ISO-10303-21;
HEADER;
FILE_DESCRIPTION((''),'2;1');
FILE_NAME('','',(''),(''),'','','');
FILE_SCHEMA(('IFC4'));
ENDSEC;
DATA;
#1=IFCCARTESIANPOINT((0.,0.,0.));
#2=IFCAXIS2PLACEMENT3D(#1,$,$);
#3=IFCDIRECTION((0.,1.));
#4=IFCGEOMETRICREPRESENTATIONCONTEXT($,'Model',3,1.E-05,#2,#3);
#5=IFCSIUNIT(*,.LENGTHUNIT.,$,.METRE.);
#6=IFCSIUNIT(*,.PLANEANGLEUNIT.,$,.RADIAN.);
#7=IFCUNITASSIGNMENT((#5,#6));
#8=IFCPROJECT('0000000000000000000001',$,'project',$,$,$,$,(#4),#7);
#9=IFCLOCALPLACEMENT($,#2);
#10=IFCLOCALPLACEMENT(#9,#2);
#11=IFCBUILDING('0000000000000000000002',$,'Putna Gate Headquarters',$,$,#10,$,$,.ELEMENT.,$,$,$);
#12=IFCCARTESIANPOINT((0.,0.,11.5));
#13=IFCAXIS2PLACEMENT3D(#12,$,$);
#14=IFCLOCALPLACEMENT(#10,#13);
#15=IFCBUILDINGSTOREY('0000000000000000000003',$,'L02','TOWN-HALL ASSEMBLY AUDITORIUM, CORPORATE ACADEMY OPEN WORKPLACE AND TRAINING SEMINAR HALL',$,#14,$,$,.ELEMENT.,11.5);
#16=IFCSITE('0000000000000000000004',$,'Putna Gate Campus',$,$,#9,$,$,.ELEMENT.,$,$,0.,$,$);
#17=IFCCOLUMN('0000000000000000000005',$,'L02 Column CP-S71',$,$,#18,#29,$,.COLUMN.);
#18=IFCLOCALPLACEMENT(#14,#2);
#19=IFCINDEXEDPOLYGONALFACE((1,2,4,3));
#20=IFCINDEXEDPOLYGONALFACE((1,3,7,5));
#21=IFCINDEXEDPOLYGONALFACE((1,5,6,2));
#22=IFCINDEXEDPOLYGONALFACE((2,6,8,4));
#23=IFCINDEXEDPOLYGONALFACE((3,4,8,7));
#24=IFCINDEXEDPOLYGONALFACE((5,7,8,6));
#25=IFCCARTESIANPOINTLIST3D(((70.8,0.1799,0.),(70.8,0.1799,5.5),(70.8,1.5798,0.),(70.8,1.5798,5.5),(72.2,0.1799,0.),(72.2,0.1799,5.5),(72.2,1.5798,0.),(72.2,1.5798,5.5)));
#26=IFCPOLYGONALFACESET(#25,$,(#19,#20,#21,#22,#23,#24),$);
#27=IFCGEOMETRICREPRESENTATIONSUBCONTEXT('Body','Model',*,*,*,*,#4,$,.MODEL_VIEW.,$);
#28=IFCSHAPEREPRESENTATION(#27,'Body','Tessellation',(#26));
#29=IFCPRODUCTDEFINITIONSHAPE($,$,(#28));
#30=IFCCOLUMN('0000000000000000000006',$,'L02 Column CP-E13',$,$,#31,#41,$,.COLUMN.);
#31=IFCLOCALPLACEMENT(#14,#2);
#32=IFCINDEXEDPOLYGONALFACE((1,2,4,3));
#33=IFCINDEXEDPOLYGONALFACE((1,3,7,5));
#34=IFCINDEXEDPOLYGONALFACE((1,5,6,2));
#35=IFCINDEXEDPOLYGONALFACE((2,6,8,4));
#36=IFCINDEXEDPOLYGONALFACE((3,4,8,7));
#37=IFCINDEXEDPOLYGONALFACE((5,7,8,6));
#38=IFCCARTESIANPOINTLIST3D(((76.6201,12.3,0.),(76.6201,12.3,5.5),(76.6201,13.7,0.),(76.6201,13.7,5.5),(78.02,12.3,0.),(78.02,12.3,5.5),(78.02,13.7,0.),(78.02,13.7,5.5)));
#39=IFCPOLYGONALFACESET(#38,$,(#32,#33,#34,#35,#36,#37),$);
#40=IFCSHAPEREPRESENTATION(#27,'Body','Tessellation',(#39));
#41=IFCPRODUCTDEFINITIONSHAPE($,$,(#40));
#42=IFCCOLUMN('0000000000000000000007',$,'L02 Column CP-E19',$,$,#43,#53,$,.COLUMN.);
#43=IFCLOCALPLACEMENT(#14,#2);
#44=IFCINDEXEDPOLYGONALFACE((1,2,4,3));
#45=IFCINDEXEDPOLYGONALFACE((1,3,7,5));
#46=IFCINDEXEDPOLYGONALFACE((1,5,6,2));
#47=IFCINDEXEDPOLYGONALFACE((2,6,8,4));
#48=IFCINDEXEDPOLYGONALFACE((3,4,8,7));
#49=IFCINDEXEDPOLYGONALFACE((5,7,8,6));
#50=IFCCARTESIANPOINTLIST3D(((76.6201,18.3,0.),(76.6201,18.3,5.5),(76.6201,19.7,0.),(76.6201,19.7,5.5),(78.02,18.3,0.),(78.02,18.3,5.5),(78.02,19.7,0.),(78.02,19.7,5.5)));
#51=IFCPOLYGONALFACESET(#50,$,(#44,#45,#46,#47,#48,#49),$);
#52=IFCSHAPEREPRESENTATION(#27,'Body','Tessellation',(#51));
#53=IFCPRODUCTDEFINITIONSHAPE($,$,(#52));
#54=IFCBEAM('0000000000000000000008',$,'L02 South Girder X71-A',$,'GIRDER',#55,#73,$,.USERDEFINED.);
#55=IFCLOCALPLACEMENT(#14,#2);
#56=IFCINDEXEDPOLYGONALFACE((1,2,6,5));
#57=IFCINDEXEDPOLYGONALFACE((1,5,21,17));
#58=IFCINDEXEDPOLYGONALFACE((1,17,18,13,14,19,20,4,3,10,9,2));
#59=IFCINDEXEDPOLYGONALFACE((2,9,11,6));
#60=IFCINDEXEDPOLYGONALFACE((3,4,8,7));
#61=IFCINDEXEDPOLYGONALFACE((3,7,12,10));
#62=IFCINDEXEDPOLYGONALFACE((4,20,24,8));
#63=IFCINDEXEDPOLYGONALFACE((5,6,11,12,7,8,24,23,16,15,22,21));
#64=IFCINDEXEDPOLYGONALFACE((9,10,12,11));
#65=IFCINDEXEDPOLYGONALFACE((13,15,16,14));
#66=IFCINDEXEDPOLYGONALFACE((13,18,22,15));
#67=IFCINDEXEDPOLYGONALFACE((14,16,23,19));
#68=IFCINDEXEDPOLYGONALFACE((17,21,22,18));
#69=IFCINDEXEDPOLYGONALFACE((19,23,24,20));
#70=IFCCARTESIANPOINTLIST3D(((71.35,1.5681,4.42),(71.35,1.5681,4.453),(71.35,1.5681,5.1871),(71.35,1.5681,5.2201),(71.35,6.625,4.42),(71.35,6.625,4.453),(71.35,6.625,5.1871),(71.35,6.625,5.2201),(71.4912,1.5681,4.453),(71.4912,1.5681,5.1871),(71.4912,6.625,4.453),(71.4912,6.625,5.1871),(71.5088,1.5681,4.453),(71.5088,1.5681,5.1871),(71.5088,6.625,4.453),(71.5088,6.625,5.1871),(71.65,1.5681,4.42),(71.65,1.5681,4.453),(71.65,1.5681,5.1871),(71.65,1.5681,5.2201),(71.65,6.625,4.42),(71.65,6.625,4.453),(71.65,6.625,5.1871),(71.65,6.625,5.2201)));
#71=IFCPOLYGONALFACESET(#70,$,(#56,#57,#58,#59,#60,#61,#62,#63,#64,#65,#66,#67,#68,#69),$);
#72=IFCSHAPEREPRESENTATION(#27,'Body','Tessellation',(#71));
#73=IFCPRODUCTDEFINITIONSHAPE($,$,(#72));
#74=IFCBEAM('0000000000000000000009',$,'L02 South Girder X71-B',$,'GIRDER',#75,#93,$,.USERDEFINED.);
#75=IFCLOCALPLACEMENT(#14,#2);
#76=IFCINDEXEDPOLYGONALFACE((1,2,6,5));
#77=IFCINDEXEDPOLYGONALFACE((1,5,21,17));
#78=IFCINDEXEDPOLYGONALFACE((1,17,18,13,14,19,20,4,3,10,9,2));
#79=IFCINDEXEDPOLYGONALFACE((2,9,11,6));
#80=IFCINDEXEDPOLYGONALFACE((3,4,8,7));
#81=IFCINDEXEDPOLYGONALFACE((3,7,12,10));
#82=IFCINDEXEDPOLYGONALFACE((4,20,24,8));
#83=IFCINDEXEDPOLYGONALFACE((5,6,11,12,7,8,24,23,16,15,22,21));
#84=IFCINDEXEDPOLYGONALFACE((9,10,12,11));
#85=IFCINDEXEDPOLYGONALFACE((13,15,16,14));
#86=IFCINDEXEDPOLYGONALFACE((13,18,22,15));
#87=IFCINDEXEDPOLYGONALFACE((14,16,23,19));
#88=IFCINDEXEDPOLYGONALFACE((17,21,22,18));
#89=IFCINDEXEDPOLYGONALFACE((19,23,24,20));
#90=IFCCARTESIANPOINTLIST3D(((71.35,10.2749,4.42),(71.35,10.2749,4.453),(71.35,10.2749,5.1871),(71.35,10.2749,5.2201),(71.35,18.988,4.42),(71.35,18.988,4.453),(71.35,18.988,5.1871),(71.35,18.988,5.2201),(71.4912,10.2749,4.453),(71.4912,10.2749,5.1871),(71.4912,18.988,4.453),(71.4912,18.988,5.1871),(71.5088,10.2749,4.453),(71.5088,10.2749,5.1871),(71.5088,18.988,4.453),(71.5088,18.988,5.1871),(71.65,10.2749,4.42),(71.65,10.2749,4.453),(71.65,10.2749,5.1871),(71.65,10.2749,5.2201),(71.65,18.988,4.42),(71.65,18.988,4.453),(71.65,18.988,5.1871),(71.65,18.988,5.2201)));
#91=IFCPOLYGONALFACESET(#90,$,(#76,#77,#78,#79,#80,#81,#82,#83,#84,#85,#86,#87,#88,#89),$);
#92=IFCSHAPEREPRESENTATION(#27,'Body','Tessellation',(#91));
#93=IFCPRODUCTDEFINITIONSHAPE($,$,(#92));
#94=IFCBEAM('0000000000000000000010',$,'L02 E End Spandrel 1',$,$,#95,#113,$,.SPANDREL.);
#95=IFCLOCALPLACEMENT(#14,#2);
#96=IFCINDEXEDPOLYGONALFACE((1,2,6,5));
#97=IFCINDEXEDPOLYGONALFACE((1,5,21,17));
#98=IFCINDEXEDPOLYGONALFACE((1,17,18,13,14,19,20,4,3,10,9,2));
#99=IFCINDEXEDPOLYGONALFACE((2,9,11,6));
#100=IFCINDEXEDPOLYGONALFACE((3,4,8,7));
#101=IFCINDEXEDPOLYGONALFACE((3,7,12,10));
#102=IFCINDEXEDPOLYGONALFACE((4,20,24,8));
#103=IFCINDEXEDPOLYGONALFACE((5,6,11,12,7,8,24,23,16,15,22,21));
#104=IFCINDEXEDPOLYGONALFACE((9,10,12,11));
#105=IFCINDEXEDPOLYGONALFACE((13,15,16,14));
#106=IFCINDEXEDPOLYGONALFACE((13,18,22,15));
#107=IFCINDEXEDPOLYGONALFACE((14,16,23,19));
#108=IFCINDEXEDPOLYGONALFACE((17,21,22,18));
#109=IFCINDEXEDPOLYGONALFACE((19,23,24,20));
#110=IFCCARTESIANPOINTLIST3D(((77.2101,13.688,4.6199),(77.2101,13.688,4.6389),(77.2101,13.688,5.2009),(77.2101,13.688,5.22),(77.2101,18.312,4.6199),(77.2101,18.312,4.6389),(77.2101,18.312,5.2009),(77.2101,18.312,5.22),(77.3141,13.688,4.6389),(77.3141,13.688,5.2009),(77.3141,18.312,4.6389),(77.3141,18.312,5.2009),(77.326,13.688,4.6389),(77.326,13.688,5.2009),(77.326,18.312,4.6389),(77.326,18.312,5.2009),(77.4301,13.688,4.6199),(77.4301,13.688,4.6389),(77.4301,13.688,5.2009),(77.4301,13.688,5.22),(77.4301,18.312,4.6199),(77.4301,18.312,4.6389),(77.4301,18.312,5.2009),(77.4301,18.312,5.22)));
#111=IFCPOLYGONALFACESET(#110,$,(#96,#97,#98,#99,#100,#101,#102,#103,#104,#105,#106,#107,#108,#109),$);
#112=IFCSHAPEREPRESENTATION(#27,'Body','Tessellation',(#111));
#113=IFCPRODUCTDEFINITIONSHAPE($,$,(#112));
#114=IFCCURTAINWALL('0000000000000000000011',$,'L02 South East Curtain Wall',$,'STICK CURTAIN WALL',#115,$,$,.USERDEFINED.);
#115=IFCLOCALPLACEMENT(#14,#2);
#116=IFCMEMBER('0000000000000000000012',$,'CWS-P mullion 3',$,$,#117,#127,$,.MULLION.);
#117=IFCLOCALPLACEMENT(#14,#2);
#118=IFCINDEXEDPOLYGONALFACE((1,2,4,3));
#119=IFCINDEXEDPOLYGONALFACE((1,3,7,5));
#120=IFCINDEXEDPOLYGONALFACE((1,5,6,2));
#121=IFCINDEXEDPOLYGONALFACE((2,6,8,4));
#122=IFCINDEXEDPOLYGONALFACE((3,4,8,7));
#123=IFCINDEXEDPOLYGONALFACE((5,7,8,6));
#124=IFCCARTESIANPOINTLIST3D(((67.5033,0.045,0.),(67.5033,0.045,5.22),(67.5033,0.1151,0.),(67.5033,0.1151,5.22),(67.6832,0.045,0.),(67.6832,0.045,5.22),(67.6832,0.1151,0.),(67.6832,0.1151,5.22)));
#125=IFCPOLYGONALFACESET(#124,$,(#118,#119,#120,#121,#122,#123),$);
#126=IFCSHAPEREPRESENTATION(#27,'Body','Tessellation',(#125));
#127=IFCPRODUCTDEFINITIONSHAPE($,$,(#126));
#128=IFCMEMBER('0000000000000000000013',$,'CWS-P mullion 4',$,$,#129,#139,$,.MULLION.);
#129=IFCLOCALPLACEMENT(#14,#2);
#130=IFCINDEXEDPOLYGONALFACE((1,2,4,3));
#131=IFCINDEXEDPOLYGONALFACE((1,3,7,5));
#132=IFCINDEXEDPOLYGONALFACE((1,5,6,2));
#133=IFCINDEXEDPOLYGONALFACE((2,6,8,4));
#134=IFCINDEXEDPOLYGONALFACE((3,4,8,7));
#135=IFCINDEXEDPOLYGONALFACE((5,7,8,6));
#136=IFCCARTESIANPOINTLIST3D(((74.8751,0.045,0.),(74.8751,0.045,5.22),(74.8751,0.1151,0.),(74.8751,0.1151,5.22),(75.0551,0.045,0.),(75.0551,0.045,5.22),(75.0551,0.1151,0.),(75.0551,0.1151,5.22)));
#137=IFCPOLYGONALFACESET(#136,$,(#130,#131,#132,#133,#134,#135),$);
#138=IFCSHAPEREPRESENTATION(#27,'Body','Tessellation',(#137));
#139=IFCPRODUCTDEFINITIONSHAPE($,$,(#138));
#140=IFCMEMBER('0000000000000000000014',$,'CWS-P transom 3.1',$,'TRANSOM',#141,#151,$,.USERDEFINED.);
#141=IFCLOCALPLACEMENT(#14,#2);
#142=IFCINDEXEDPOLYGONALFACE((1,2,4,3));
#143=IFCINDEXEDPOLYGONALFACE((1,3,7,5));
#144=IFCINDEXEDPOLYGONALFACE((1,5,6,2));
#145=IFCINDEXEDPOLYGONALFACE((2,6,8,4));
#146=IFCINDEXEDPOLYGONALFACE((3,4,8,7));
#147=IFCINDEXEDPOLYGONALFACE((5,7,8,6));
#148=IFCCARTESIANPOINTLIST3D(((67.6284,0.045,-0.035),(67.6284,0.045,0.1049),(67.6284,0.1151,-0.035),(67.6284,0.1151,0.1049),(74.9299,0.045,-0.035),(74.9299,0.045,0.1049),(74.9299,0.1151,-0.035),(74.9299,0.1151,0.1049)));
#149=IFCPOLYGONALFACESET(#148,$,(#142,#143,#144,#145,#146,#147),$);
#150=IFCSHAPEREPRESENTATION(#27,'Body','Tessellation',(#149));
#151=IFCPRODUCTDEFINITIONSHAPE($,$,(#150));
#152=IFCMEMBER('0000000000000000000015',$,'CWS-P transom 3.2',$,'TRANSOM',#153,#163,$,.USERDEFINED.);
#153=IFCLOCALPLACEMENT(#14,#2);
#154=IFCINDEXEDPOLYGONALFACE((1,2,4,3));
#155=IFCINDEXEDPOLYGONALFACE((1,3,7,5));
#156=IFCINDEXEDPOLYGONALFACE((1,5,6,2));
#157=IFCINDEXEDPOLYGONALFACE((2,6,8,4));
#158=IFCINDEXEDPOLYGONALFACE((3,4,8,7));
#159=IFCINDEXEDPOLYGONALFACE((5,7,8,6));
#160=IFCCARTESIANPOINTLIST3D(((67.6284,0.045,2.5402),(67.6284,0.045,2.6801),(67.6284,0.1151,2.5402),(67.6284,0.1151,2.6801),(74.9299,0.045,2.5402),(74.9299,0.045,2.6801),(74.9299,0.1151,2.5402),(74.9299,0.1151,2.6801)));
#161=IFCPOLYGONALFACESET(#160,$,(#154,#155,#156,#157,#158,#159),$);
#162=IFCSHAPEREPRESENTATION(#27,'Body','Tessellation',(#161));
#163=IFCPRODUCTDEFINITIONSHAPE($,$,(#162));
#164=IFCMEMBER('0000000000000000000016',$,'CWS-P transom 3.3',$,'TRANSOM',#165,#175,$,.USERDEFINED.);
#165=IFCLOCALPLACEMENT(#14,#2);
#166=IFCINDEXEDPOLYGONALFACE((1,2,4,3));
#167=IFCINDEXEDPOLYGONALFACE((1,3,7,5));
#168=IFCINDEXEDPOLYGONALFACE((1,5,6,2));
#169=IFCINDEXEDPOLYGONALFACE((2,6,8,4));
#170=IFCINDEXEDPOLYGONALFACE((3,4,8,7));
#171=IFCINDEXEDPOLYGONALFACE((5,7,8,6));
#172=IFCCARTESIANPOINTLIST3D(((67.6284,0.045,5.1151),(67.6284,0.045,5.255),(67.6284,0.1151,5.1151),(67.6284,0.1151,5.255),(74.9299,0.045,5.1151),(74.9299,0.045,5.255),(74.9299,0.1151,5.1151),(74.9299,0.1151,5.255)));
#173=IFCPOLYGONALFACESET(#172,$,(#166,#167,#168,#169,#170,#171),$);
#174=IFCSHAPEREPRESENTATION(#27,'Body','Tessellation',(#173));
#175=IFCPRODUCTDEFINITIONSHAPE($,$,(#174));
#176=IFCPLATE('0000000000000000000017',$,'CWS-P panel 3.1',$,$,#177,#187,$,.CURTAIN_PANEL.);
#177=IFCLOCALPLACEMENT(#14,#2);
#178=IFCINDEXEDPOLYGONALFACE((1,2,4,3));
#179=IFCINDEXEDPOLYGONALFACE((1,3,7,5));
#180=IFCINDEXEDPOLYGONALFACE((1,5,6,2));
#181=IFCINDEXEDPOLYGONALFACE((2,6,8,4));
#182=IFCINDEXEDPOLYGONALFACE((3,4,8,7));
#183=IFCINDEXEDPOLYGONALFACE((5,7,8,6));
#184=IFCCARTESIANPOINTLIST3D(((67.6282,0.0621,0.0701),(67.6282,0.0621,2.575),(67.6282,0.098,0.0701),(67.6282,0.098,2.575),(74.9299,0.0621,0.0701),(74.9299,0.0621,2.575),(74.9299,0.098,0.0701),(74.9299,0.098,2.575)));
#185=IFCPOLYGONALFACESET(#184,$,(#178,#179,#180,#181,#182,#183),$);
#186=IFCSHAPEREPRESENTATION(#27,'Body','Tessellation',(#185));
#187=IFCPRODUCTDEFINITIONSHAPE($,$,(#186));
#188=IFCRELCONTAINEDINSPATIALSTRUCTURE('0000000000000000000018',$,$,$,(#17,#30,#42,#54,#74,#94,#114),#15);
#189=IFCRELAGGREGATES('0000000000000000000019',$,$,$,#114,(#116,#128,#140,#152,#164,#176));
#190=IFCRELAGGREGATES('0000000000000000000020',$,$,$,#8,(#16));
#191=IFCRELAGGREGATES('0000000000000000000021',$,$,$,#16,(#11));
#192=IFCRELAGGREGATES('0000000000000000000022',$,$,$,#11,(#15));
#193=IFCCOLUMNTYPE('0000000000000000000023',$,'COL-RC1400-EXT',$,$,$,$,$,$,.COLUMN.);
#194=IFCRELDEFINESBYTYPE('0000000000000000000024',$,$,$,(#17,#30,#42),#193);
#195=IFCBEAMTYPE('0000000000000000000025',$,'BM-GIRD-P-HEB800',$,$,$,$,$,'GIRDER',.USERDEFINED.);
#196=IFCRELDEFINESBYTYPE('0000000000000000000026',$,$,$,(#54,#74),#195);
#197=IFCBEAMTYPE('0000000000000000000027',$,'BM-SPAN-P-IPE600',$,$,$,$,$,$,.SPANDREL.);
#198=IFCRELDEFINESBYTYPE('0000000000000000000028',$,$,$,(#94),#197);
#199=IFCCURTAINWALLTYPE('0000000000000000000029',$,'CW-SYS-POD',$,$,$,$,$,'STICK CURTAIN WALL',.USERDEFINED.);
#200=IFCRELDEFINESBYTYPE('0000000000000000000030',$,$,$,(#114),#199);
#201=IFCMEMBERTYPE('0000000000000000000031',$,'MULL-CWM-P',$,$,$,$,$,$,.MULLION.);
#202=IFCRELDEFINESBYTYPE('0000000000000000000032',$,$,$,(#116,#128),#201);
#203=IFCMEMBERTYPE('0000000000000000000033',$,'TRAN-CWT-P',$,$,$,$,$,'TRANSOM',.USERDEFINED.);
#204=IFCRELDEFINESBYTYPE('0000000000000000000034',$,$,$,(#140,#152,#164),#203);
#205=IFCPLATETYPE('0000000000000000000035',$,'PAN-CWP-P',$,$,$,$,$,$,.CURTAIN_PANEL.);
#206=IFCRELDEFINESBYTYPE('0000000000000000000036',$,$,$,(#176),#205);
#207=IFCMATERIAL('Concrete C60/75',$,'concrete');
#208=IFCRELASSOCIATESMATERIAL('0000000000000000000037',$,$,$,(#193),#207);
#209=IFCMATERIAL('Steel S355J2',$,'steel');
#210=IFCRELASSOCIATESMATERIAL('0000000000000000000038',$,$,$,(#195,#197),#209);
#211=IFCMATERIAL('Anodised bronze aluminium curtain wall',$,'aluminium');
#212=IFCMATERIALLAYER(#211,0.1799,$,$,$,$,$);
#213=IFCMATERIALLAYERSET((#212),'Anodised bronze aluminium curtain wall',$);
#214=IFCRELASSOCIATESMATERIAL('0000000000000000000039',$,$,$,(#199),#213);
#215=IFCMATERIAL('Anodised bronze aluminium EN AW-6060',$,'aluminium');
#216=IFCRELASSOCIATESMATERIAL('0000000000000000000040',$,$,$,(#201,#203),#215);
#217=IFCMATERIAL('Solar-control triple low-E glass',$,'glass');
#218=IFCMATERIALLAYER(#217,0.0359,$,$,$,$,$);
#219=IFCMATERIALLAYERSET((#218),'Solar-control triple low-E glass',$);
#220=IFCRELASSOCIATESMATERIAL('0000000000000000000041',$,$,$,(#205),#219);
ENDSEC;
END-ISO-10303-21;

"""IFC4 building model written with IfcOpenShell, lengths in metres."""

from ifc_helpers import new_model, si_unit, direction, frame, origin, origin_2d, place, context, subcontext, project, spatial, rectangle, i_section, extrude, material, layer, layer_set, material_profile, profile_set, type_object, element, aggregate, save


model = new_model("IFC4")

# Units and contexts
model_context = context("Model", 3, precision=1e-05, world=origin(), true_north=direction((0.0, 1.0)))
body_context = subcontext(model_context, "Body", "Model", "MODEL_VIEW")
ifc_project = project(units=[si_unit("LENGTHUNIT", "METRE"), si_unit("PLANEANGLEUNIT", "RADIAN")], contexts=[model_context])

# Site, building, storey
site_placement = place(None, origin())
site = spatial("IfcSite", under=ifc_project, at=site_placement, Name="Putna Gate Campus", CompositionType="ELEMENT", RefElevation=0.0)
building_placement = place(site_placement, origin())
building = spatial("IfcBuilding", under=site, at=building_placement, Name="Putna Gate Headquarters", CompositionType="ELEMENT")
storey_placement = place(building_placement, frame((0.0, 0.0, 11.5)))
storey = spatial("IfcBuildingStorey", under=building, at=storey_placement, Name="L02", Description="TOWN-HALL ASSEMBLY AUDITORIUM, CORPORATE ACADEMY OPEN WORKPLACE AND TRAINING SEMINAR HALL", CompositionType="ELEMENT", Elevation=11.5)

# Columns
ifc_material_1 = material(Name="Concrete C60/75", Category="concrete")
ifc_material_profile_1 = material_profile(ifc_material_1, rectangle(XDim=1.3999, YDim=1.3999, at=origin_2d()), Name="Concrete C60/75")
ifc_profile_set_1 = profile_set([ifc_material_profile_1], Name="Concrete C60/75")
column_type = type_object("IfcColumnType", Name="COL-RC1400-EXT", PredefinedType="COLUMN", material=ifc_profile_set_1)
for number, where, z_axis, x_axis, name in (
    (1, (71.5, 0.8799, 0.0), (0.0, 0.0, 1.0), (1.0, 0.0, 0.0), "L02 Column CP-S71"),
    (2, (77.3201, 13.0, 0.0), (0.0, 0.0, 1.0), (1.0, 0.0, 0.0), "L02 Column CP-E13"),
    (3, (77.3201, 19.0, 0.0), (0.0, 0.0, 1.0), (1.0, 0.0, 0.0), "L02 Column CP-E19"),
):
    element("IfcColumn", number, at=place(storey_placement, frame(where, z_axis=z_axis, x_axis=x_axis)), inside=storey, type_object=column_type, Name=name, PredefinedType="COLUMN", context=body_context, shape_type="SweptSolid", body=[
        extrude(rectangle(XDim=1.3999, YDim=1.3999, at=origin_2d()), origin(), (0.0, 0.0, 1.0), 5.5),
    ])

# Beams
ifc_material_2 = material(Name="Steel S355J2", Category="steel")
ifc_material_profile_2 = material_profile(ifc_material_2, i_section(OverallWidth=0.3, OverallDepth=0.8, WebThickness=0.0176, FlangeThickness=0.033, at=origin_2d()), Name="Steel S355J2")
ifc_profile_set_2 = profile_set([ifc_material_profile_2], Name="Steel S355J2")
beam_type_1 = type_object("IfcBeamType", Name="BM-GIRD-P-HEB800", ElementType="GIRDER", PredefinedType="USERDEFINED", material=ifc_profile_set_2)
beam_1_placement = place(storey_placement, frame((71.5, 1.5681, 4.8201), z_axis=(0.0, 1.0, 0.0), x_axis=(-1.0, 0.0, 0.0)))
element("IfcBeam", 4, at=beam_1_placement, inside=storey, type_object=beam_type_1, Name="L02 South Girder X71-A", ObjectType="GIRDER", PredefinedType="USERDEFINED", context=body_context, shape_type="SweptSolid", body=[
    extrude(i_section(OverallWidth=0.3, OverallDepth=0.8, WebThickness=0.0176, FlangeThickness=0.033, at=origin_2d()), origin(), (0.0, 0.0, 1.0), 5.0569),
])
beam_2_placement = place(storey_placement, frame((71.5, 10.2749, 4.8201), z_axis=(0.0, 1.0, 0.0), x_axis=(-1.0, 0.0, 0.0)))
element("IfcBeam", 5, at=beam_2_placement, inside=storey, type_object=beam_type_1, Name="L02 South Girder X71-B", ObjectType="GIRDER", PredefinedType="USERDEFINED", context=body_context, shape_type="SweptSolid", body=[
    extrude(i_section(OverallWidth=0.3, OverallDepth=0.8, WebThickness=0.0176, FlangeThickness=0.033, at=origin_2d()), origin(), (0.0, 0.0, 1.0), 8.7131),
])
ifc_material_profile_3 = material_profile(ifc_material_2, i_section(OverallWidth=0.22, OverallDepth=0.6001, WebThickness=0.012, FlangeThickness=0.019, at=origin_2d()), Name="Steel S355J2")
ifc_profile_set_3 = profile_set([ifc_material_profile_3], Name="Steel S355J2")
beam_type_2 = type_object("IfcBeamType", Name="BM-SPAN-P-IPE600", PredefinedType="SPANDREL", material=ifc_profile_set_3)
beam_3_placement = place(storey_placement, frame((77.3201, 13.688, 4.9199), z_axis=(0.0, 1.0, 0.0), x_axis=(-1.0, 0.0, 0.0)))
element("IfcBeam", 6, at=beam_3_placement, inside=storey, type_object=beam_type_2, Name="L02 E End Spandrel 1", PredefinedType="SPANDREL", context=body_context, shape_type="SweptSolid", body=[
    extrude(i_section(OverallWidth=0.22, OverallDepth=0.6001, WebThickness=0.012, FlangeThickness=0.019, at=origin_2d()), origin(), (0.0, 0.0, 1.0), 4.624),
])

# Curtain wall, members, plate
ifc_material_3 = material(Name="Anodised bronze aluminium curtain wall", Category="aluminium")
ifc_layer_1 = layer(ifc_material_3, 0.1799)
ifc_layer_set_1 = layer_set([ifc_layer_1], Name="Anodised bronze aluminium curtain wall")
curtain_wall_type = type_object("IfcCurtainWallType", Name="CW-SYS-POD", ElementType="STICK CURTAIN WALL", PredefinedType="USERDEFINED", material=ifc_layer_set_1)
curtain_wall_placement = place(storey_placement, origin())
curtain_wall = element("IfcCurtainWall", 7, at=curtain_wall_placement, inside=storey, type_object=curtain_wall_type, Name="L02 South East Curtain Wall", ObjectType="STICK CURTAIN WALL", PredefinedType="USERDEFINED")
ifc_material_4 = material(Name="Anodised bronze aluminium EN AW-6060", Category="aluminium")
ifc_material_profile_4 = material_profile(ifc_material_4, rectangle(XDim=0.0701, YDim=0.1799, at=origin_2d()), Name="Anodised bronze aluminium EN AW-6060")
ifc_profile_set_4 = profile_set([ifc_material_profile_4], Name="Anodised bronze aluminium EN AW-6060")
member_type_1 = type_object("IfcMemberType", Name="MULL-CWM-P", PredefinedType="MULLION", material=ifc_profile_set_4)
member_1_placement = place(storey_placement, frame((67.5933, 0.0801, 0.0), z_axis=(0.0, 0.0, 1.0), x_axis=(0.0, 1.0, 0.0)))
member_1 = element("IfcMember", 8, at=member_1_placement, type_object=member_type_1, Name="CWS-P mullion 3", PredefinedType="MULLION", context=body_context, shape_type="SweptSolid", body=[
    extrude(rectangle(XDim=0.0701, YDim=0.1799, at=origin_2d()), origin(), (0.0, 0.0, 1.0), 5.22),
])
member_2_placement = place(storey_placement, frame((74.9651, 0.0801, 0.0), z_axis=(0.0, 0.0, 1.0), x_axis=(0.0, 1.0, 0.0)))
member_2 = element("IfcMember", 9, at=member_2_placement, type_object=member_type_1, Name="CWS-P mullion 4", PredefinedType="MULLION", context=body_context, shape_type="SweptSolid", body=[
    extrude(rectangle(XDim=0.0701, YDim=0.1799, at=origin_2d()), origin(), (0.0, 0.0, 1.0), 5.22),
])
ifc_material_profile_5 = material_profile(ifc_material_4, rectangle(XDim=0.0701, YDim=0.1399, at=origin_2d()), Name="Anodised bronze aluminium EN AW-6060")
ifc_profile_set_5 = profile_set([ifc_material_profile_5], Name="Anodised bronze aluminium EN AW-6060")
member_type_2 = type_object("IfcMemberType", Name="TRAN-CWT-P", ElementType="TRANSOM", PredefinedType="USERDEFINED", material=ifc_profile_set_5)
member_3_placement = place(storey_placement, frame((67.6284, 0.0801, 0.0349), z_axis=(1.0, 0.0, 0.0), x_axis=(0.0, 1.0, 0.0)))
member_3 = element("IfcMember", 10, at=member_3_placement, type_object=member_type_2, Name="CWS-P transom 3.1", ObjectType="TRANSOM", PredefinedType="USERDEFINED", context=body_context, shape_type="SweptSolid", body=[
    extrude(rectangle(XDim=0.0701, YDim=0.1399, at=origin_2d()), origin(), (0.0, 0.0, 1.0), 7.3015),
])
member_4_placement = place(storey_placement, frame((67.6284, 0.0801, 2.6101), z_axis=(1.0, 0.0, 0.0), x_axis=(0.0, 1.0, 0.0)))
member_4 = element("IfcMember", 11, at=member_4_placement, type_object=member_type_2, Name="CWS-P transom 3.2", ObjectType="TRANSOM", PredefinedType="USERDEFINED", context=body_context, shape_type="SweptSolid", body=[
    extrude(rectangle(XDim=0.0701, YDim=0.1399, at=origin_2d()), origin(), (0.0, 0.0, 1.0), 7.3015),
])
member_5_placement = place(storey_placement, frame((67.6284, 0.0801, 5.1851), z_axis=(1.0, 0.0, 0.0), x_axis=(0.0, 1.0, 0.0)))
member_5 = element("IfcMember", 12, at=member_5_placement, type_object=member_type_2, Name="CWS-P transom 3.3", ObjectType="TRANSOM", PredefinedType="USERDEFINED", context=body_context, shape_type="SweptSolid", body=[
    extrude(rectangle(XDim=0.0701, YDim=0.1399, at=origin_2d()), origin(), (0.0, 0.0, 1.0), 7.3015),
])
ifc_material_5 = material(Name="Solar-control triple low-E glass", Category="glass")
ifc_layer_2 = layer(ifc_material_5, 0.0359)
ifc_layer_set_2 = layer_set([ifc_layer_2], Name="Solar-control triple low-E glass")
plate_type = type_object("IfcPlateType", Name="PAN-CWP-P", PredefinedType="CURTAIN_PANEL", material=ifc_layer_set_2)
plate_1_placement = place(storey_placement, frame((71.2791, 0.0801, 0.0701), z_axis=(0.0, 0.0, 1.0), x_axis=(1.0, 0.0, 0.0)))
plate_1 = element("IfcPlate", 13, at=plate_1_placement, type_object=plate_type, Name="CWS-P panel 3.1", PredefinedType="CURTAIN_PANEL", context=body_context, shape_type="SweptSolid", body=[
    extrude(rectangle(XDim=7.3018, YDim=0.0359, at=origin_2d()), origin(), (0.0, 0.0, 1.0), 2.5049),
])
aggregate(curtain_wall, [member_1, member_2, member_3, member_4, member_5, plate_1])

save(model, "model.ifc")
